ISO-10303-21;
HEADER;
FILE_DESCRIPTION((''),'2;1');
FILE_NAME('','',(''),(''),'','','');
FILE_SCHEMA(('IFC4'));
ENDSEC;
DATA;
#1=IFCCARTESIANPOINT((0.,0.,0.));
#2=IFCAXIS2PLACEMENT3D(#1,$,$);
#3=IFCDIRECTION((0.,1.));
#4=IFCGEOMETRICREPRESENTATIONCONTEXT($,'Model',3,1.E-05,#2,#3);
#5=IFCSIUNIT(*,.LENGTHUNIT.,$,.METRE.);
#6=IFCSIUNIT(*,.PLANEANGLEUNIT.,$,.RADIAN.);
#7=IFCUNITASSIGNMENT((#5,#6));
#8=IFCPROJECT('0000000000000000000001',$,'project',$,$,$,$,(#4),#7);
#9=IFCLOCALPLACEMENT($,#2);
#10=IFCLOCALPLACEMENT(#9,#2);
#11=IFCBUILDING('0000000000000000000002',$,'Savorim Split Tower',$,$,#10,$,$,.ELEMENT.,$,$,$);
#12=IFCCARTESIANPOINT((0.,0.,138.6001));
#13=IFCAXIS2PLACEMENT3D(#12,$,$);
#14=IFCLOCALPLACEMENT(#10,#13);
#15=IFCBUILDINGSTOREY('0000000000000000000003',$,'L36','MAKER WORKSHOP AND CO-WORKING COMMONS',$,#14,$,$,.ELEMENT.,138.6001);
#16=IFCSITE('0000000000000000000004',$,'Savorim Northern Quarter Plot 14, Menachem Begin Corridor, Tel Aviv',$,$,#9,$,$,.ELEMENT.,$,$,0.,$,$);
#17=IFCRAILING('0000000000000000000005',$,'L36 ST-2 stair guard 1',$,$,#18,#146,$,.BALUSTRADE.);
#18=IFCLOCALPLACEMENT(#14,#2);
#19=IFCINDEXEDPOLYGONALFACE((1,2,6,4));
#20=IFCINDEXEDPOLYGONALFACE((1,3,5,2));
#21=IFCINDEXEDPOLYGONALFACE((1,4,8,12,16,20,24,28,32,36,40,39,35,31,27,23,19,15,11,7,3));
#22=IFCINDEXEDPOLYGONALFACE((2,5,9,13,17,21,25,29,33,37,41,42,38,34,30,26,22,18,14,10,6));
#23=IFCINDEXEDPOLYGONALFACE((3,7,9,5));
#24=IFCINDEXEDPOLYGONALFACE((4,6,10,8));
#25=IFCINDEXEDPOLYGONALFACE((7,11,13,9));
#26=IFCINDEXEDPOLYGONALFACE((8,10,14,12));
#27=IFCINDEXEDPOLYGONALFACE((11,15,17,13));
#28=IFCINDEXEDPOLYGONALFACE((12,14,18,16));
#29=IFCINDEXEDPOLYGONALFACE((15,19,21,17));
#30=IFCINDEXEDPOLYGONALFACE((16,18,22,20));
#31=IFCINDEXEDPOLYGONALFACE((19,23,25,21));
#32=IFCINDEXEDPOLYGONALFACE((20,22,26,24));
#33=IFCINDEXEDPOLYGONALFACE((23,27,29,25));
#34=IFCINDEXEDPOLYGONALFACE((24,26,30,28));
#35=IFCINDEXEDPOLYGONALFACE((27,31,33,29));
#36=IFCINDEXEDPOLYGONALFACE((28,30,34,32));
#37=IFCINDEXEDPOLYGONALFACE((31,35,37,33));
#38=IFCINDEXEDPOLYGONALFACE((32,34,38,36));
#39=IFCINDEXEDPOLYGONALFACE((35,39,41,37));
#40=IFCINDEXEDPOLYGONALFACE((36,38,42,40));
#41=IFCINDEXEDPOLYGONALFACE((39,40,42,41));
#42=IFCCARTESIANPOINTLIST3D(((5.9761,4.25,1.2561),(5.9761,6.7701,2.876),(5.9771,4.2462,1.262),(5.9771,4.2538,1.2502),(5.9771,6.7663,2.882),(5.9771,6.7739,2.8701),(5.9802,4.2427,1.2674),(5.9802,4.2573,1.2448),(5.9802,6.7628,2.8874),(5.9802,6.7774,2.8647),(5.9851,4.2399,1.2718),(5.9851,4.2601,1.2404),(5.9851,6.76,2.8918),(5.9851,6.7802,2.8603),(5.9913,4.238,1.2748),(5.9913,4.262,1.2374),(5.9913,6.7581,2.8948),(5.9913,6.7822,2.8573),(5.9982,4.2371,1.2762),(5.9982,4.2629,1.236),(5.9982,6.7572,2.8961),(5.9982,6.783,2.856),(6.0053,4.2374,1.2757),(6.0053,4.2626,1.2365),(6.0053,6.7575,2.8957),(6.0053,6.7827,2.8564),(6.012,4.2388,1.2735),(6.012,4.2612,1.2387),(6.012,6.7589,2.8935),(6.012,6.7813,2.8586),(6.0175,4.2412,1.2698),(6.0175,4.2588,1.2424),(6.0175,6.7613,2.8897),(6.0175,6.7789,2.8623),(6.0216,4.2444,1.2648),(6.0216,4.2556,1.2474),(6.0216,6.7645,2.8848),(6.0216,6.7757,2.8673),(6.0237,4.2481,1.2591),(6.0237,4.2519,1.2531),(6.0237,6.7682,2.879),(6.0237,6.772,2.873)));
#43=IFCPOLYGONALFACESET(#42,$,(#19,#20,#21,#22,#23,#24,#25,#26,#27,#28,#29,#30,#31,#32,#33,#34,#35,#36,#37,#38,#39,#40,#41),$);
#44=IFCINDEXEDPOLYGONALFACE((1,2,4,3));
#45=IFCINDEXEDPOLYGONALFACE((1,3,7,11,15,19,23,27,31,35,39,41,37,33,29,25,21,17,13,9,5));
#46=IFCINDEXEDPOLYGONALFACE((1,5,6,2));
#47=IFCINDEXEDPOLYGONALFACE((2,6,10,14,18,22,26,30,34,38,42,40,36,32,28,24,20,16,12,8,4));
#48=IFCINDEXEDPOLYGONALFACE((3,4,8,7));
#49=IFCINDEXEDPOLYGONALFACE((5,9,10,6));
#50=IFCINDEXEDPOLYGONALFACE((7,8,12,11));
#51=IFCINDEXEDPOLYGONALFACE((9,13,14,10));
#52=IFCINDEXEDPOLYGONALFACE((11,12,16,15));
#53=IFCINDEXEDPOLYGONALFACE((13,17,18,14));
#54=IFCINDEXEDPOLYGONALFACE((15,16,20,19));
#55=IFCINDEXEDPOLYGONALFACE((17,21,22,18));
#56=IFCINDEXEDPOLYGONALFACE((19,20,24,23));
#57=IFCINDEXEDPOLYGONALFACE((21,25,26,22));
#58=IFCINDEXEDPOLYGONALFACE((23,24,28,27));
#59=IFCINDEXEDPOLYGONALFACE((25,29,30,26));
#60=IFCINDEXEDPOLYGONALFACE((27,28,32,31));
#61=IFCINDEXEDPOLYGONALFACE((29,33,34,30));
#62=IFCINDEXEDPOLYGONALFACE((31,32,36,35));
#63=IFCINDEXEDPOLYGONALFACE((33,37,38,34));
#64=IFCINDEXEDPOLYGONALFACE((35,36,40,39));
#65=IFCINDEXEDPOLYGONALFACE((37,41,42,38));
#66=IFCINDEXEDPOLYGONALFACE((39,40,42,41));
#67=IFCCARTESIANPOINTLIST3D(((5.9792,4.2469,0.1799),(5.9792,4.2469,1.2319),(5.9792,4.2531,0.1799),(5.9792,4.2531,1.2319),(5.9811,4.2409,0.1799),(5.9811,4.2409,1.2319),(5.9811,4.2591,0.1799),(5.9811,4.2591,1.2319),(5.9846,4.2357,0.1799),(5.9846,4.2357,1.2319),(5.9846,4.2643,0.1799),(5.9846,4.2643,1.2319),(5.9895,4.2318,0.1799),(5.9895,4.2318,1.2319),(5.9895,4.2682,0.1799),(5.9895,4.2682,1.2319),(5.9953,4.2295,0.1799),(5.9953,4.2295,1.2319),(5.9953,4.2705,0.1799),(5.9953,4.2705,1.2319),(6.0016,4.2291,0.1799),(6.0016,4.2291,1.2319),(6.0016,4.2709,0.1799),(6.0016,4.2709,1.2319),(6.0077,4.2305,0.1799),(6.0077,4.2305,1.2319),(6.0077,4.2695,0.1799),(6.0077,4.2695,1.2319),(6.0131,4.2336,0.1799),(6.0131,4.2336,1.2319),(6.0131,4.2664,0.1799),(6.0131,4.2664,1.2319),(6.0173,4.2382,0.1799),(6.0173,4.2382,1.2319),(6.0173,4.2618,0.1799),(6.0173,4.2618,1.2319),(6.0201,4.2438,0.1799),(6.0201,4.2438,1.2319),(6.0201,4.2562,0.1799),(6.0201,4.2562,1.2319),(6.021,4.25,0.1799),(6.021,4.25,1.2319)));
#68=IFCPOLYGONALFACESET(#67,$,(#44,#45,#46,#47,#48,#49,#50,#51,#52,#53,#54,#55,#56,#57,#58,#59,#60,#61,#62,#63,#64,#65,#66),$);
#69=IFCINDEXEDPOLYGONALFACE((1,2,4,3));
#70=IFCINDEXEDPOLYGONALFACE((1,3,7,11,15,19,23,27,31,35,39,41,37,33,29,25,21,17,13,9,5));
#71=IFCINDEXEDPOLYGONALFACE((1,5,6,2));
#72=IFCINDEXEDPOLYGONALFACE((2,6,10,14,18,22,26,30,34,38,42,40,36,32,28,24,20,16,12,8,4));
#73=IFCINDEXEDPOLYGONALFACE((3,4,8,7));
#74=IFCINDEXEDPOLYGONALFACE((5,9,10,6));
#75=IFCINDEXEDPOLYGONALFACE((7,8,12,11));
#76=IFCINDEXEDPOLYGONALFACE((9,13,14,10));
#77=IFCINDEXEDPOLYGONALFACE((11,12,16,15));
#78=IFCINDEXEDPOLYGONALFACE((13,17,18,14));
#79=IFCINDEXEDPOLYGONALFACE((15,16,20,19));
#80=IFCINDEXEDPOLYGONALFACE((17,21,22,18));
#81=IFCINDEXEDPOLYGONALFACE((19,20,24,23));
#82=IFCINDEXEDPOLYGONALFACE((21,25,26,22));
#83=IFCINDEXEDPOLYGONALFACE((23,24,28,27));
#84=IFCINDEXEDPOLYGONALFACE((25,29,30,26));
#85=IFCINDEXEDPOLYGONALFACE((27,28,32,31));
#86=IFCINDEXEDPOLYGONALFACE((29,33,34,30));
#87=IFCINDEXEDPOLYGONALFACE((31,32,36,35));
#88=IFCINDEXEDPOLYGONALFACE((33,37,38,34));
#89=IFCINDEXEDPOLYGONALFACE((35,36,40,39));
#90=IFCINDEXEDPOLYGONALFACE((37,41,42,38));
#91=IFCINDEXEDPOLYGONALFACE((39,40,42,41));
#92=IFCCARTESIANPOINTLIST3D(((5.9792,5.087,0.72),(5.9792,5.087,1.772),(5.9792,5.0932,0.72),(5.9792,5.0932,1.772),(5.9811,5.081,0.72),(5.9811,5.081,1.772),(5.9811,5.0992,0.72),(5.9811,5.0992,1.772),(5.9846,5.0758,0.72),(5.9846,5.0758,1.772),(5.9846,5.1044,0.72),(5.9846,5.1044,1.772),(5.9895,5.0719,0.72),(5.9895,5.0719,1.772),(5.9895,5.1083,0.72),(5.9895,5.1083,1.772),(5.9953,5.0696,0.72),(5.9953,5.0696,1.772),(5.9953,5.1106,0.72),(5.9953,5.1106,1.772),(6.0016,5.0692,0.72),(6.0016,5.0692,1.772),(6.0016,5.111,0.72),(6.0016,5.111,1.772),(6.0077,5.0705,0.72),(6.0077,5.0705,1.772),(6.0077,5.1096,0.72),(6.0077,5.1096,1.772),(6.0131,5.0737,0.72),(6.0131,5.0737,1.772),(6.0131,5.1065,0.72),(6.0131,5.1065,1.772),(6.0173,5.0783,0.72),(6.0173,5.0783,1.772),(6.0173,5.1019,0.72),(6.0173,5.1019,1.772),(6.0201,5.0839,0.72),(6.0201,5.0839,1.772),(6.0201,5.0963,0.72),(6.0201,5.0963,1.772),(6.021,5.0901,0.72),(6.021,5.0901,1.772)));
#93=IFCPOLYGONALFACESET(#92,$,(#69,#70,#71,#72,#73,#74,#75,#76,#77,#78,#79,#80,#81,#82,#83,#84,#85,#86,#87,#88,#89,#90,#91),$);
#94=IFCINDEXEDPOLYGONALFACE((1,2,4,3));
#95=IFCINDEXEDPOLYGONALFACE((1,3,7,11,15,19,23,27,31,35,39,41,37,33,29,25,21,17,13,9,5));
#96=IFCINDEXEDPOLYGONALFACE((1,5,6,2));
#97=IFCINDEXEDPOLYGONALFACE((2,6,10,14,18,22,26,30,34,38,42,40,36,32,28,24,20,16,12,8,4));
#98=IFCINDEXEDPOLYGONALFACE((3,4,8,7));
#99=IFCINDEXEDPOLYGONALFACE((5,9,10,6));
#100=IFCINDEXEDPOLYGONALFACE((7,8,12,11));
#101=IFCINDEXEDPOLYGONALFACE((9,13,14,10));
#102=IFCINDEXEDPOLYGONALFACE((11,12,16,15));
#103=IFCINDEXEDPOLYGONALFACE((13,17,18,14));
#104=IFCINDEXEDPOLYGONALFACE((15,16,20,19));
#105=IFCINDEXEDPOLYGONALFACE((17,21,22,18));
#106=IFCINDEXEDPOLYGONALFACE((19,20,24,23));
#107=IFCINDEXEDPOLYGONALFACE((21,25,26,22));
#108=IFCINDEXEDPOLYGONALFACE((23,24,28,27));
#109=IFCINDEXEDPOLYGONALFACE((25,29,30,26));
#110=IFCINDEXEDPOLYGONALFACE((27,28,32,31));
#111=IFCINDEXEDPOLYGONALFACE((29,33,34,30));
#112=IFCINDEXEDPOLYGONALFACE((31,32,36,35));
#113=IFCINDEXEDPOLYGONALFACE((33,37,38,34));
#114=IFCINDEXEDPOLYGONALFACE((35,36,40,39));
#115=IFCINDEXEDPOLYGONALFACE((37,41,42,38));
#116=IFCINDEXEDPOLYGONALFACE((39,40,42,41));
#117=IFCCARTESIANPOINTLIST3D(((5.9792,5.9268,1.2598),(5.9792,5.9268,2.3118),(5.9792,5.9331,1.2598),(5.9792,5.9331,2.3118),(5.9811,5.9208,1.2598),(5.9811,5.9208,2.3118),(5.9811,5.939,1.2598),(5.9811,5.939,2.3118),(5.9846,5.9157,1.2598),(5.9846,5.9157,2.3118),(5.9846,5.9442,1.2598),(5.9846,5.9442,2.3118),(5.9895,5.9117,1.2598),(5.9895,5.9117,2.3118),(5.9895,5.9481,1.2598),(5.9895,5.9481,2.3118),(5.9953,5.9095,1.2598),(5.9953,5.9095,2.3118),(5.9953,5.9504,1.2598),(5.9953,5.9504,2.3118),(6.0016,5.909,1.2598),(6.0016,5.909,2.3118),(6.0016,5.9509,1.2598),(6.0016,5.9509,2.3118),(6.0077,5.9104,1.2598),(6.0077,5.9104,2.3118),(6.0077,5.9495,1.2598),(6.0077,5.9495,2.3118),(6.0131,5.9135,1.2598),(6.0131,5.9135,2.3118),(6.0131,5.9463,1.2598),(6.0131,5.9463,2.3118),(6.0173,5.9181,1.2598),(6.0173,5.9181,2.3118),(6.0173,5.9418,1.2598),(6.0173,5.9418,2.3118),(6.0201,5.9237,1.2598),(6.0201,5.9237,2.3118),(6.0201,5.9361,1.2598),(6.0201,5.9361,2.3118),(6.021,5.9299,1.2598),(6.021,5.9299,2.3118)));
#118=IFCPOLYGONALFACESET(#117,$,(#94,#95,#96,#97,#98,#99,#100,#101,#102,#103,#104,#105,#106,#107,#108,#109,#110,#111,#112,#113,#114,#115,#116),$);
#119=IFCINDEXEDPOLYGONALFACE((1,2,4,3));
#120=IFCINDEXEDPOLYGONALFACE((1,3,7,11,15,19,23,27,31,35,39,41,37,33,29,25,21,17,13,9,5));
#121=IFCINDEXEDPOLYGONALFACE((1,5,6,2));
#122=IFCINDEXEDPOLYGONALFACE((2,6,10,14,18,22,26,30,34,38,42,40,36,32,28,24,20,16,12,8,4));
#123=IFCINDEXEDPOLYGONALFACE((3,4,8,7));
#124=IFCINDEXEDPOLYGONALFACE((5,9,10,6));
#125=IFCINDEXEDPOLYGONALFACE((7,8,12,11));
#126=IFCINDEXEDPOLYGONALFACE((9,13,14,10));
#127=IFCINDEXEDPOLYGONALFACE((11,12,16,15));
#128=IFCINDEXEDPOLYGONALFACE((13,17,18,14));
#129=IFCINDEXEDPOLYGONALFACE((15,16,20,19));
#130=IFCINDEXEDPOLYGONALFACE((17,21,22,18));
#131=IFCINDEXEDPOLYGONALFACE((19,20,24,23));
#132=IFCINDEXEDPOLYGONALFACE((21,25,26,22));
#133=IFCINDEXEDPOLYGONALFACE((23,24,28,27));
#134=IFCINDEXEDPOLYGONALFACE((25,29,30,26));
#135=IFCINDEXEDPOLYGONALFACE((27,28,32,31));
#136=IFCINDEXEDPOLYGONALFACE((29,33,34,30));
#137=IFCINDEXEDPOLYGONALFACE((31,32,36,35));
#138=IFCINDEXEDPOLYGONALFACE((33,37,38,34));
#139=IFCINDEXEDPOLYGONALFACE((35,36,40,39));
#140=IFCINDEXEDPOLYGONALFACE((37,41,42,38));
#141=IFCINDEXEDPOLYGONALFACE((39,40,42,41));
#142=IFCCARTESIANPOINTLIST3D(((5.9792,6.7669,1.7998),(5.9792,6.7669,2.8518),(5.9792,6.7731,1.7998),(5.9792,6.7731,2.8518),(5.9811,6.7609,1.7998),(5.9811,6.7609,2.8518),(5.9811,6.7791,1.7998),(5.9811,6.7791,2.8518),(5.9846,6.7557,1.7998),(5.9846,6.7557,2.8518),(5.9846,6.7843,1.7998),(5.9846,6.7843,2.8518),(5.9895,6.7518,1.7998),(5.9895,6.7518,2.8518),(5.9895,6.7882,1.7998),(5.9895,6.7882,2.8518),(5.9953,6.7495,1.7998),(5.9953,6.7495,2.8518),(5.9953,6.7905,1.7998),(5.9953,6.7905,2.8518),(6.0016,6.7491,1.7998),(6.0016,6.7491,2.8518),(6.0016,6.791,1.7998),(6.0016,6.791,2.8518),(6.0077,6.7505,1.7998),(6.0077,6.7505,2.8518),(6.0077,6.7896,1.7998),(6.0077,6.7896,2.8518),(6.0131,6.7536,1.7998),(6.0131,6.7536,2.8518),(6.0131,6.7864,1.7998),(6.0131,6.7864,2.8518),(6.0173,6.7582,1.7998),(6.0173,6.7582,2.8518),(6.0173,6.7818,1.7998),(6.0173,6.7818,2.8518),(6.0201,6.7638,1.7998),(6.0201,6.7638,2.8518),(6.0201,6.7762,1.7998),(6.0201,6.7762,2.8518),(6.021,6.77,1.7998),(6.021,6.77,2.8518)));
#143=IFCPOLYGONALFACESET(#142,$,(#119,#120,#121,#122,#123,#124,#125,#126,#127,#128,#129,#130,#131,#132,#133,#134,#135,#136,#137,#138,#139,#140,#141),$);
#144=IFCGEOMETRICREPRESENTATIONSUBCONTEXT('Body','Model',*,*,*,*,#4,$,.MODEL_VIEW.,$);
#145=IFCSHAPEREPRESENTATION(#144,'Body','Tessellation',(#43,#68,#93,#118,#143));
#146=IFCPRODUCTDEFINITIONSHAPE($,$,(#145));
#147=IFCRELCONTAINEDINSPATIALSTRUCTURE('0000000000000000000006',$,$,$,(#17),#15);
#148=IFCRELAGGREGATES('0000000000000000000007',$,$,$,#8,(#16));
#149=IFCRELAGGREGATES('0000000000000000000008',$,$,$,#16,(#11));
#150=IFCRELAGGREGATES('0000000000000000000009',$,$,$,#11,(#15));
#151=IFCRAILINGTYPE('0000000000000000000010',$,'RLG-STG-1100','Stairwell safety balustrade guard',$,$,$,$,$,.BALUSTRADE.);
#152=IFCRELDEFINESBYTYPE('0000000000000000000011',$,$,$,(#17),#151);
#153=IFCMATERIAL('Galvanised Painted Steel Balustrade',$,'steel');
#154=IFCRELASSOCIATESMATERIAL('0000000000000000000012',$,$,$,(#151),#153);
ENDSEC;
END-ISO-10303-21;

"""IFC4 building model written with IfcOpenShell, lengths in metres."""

from ifc_helpers import new_model, si_unit, direction, frame, origin, origin_2d, place, context, subcontext, project, spatial, circle, extrude, material, type_object, element, save


model = new_model("IFC4")

# Units and contexts
model_context = context("Model", 3, precision=1e-05, world=origin(), true_north=direction((0.0, 1.0)))
body_context = subcontext(model_context, "Body", "Model", "MODEL_VIEW")
ifc_project = project(units=[si_unit("LENGTHUNIT", "METRE"), si_unit("PLANEANGLEUNIT", "RADIAN")], contexts=[model_context])

# Site, building, storey
site_placement = place(None, origin())
site = spatial("IfcSite", under=ifc_project, at=site_placement, Name="Savorim Northern Quarter Plot 14, Menachem Begin Corridor, Tel Aviv", CompositionType="ELEMENT", RefElevation=0.0)
building_placement = place(site_placement, origin())
building = spatial("IfcBuilding", under=site, at=building_placement, Name="Savorim Split Tower", CompositionType="ELEMENT")
storey_placement = place(building_placement, frame((0.0, 0.0, 138.6001)))
storey = spatial("IfcBuildingStorey", under=building, at=storey_placement, Name="L36", Description="MAKER WORKSHOP AND CO-WORKING COMMONS", CompositionType="ELEMENT", Elevation=138.6001)

# Railing
ifc_material_1 = material(Name="Galvanised Painted Steel Balustrade", Category="steel")
railing_type_1 = type_object("IfcRailingType", Name="RLG-STG-1100", Description="Stairwell safety balustrade guard", PredefinedType="BALUSTRADE", material=ifc_material_1)
railing_1_placement = place(storey_placement, frame((6.0, 4.25, 0.1799)))
element("IfcRailing", 1, at=railing_1_placement, inside=storey, type_object=railing_type_1, Name="L36 ST-2 stair guard 1", PredefinedType="BALUSTRADE", context=body_context, shape_type="SweptSolid", body=[
    extrude(circle(Radius=0.0239, at=origin_2d()), frame((0.0, 0.0, 1.0762), z_axis=(0.0, 0.8412, 0.540725), x_axis=(-1.0, 0.0, 0.0)), (0.0, 0.0, 1.0), 2.9958),
    extrude(circle(Radius=0.021, at=origin_2d()), origin(), (0.0, 0.0, 1.0), 1.052),
    extrude(circle(Radius=0.021, at=origin_2d()), frame((0.0, 0.8401, 0.54)), (0.0, 0.0, 1.0), 1.052),
    extrude(circle(Radius=0.021, at=origin_2d()), frame((0.0, 1.6799, 1.0798)), (0.0, 0.0, 1.0), 1.052),
    extrude(circle(Radius=0.021, at=origin_2d()), frame((0.0, 2.52, 1.6199)), (0.0, 0.0, 1.0), 1.052),
])

save(model, "model.ifc")
